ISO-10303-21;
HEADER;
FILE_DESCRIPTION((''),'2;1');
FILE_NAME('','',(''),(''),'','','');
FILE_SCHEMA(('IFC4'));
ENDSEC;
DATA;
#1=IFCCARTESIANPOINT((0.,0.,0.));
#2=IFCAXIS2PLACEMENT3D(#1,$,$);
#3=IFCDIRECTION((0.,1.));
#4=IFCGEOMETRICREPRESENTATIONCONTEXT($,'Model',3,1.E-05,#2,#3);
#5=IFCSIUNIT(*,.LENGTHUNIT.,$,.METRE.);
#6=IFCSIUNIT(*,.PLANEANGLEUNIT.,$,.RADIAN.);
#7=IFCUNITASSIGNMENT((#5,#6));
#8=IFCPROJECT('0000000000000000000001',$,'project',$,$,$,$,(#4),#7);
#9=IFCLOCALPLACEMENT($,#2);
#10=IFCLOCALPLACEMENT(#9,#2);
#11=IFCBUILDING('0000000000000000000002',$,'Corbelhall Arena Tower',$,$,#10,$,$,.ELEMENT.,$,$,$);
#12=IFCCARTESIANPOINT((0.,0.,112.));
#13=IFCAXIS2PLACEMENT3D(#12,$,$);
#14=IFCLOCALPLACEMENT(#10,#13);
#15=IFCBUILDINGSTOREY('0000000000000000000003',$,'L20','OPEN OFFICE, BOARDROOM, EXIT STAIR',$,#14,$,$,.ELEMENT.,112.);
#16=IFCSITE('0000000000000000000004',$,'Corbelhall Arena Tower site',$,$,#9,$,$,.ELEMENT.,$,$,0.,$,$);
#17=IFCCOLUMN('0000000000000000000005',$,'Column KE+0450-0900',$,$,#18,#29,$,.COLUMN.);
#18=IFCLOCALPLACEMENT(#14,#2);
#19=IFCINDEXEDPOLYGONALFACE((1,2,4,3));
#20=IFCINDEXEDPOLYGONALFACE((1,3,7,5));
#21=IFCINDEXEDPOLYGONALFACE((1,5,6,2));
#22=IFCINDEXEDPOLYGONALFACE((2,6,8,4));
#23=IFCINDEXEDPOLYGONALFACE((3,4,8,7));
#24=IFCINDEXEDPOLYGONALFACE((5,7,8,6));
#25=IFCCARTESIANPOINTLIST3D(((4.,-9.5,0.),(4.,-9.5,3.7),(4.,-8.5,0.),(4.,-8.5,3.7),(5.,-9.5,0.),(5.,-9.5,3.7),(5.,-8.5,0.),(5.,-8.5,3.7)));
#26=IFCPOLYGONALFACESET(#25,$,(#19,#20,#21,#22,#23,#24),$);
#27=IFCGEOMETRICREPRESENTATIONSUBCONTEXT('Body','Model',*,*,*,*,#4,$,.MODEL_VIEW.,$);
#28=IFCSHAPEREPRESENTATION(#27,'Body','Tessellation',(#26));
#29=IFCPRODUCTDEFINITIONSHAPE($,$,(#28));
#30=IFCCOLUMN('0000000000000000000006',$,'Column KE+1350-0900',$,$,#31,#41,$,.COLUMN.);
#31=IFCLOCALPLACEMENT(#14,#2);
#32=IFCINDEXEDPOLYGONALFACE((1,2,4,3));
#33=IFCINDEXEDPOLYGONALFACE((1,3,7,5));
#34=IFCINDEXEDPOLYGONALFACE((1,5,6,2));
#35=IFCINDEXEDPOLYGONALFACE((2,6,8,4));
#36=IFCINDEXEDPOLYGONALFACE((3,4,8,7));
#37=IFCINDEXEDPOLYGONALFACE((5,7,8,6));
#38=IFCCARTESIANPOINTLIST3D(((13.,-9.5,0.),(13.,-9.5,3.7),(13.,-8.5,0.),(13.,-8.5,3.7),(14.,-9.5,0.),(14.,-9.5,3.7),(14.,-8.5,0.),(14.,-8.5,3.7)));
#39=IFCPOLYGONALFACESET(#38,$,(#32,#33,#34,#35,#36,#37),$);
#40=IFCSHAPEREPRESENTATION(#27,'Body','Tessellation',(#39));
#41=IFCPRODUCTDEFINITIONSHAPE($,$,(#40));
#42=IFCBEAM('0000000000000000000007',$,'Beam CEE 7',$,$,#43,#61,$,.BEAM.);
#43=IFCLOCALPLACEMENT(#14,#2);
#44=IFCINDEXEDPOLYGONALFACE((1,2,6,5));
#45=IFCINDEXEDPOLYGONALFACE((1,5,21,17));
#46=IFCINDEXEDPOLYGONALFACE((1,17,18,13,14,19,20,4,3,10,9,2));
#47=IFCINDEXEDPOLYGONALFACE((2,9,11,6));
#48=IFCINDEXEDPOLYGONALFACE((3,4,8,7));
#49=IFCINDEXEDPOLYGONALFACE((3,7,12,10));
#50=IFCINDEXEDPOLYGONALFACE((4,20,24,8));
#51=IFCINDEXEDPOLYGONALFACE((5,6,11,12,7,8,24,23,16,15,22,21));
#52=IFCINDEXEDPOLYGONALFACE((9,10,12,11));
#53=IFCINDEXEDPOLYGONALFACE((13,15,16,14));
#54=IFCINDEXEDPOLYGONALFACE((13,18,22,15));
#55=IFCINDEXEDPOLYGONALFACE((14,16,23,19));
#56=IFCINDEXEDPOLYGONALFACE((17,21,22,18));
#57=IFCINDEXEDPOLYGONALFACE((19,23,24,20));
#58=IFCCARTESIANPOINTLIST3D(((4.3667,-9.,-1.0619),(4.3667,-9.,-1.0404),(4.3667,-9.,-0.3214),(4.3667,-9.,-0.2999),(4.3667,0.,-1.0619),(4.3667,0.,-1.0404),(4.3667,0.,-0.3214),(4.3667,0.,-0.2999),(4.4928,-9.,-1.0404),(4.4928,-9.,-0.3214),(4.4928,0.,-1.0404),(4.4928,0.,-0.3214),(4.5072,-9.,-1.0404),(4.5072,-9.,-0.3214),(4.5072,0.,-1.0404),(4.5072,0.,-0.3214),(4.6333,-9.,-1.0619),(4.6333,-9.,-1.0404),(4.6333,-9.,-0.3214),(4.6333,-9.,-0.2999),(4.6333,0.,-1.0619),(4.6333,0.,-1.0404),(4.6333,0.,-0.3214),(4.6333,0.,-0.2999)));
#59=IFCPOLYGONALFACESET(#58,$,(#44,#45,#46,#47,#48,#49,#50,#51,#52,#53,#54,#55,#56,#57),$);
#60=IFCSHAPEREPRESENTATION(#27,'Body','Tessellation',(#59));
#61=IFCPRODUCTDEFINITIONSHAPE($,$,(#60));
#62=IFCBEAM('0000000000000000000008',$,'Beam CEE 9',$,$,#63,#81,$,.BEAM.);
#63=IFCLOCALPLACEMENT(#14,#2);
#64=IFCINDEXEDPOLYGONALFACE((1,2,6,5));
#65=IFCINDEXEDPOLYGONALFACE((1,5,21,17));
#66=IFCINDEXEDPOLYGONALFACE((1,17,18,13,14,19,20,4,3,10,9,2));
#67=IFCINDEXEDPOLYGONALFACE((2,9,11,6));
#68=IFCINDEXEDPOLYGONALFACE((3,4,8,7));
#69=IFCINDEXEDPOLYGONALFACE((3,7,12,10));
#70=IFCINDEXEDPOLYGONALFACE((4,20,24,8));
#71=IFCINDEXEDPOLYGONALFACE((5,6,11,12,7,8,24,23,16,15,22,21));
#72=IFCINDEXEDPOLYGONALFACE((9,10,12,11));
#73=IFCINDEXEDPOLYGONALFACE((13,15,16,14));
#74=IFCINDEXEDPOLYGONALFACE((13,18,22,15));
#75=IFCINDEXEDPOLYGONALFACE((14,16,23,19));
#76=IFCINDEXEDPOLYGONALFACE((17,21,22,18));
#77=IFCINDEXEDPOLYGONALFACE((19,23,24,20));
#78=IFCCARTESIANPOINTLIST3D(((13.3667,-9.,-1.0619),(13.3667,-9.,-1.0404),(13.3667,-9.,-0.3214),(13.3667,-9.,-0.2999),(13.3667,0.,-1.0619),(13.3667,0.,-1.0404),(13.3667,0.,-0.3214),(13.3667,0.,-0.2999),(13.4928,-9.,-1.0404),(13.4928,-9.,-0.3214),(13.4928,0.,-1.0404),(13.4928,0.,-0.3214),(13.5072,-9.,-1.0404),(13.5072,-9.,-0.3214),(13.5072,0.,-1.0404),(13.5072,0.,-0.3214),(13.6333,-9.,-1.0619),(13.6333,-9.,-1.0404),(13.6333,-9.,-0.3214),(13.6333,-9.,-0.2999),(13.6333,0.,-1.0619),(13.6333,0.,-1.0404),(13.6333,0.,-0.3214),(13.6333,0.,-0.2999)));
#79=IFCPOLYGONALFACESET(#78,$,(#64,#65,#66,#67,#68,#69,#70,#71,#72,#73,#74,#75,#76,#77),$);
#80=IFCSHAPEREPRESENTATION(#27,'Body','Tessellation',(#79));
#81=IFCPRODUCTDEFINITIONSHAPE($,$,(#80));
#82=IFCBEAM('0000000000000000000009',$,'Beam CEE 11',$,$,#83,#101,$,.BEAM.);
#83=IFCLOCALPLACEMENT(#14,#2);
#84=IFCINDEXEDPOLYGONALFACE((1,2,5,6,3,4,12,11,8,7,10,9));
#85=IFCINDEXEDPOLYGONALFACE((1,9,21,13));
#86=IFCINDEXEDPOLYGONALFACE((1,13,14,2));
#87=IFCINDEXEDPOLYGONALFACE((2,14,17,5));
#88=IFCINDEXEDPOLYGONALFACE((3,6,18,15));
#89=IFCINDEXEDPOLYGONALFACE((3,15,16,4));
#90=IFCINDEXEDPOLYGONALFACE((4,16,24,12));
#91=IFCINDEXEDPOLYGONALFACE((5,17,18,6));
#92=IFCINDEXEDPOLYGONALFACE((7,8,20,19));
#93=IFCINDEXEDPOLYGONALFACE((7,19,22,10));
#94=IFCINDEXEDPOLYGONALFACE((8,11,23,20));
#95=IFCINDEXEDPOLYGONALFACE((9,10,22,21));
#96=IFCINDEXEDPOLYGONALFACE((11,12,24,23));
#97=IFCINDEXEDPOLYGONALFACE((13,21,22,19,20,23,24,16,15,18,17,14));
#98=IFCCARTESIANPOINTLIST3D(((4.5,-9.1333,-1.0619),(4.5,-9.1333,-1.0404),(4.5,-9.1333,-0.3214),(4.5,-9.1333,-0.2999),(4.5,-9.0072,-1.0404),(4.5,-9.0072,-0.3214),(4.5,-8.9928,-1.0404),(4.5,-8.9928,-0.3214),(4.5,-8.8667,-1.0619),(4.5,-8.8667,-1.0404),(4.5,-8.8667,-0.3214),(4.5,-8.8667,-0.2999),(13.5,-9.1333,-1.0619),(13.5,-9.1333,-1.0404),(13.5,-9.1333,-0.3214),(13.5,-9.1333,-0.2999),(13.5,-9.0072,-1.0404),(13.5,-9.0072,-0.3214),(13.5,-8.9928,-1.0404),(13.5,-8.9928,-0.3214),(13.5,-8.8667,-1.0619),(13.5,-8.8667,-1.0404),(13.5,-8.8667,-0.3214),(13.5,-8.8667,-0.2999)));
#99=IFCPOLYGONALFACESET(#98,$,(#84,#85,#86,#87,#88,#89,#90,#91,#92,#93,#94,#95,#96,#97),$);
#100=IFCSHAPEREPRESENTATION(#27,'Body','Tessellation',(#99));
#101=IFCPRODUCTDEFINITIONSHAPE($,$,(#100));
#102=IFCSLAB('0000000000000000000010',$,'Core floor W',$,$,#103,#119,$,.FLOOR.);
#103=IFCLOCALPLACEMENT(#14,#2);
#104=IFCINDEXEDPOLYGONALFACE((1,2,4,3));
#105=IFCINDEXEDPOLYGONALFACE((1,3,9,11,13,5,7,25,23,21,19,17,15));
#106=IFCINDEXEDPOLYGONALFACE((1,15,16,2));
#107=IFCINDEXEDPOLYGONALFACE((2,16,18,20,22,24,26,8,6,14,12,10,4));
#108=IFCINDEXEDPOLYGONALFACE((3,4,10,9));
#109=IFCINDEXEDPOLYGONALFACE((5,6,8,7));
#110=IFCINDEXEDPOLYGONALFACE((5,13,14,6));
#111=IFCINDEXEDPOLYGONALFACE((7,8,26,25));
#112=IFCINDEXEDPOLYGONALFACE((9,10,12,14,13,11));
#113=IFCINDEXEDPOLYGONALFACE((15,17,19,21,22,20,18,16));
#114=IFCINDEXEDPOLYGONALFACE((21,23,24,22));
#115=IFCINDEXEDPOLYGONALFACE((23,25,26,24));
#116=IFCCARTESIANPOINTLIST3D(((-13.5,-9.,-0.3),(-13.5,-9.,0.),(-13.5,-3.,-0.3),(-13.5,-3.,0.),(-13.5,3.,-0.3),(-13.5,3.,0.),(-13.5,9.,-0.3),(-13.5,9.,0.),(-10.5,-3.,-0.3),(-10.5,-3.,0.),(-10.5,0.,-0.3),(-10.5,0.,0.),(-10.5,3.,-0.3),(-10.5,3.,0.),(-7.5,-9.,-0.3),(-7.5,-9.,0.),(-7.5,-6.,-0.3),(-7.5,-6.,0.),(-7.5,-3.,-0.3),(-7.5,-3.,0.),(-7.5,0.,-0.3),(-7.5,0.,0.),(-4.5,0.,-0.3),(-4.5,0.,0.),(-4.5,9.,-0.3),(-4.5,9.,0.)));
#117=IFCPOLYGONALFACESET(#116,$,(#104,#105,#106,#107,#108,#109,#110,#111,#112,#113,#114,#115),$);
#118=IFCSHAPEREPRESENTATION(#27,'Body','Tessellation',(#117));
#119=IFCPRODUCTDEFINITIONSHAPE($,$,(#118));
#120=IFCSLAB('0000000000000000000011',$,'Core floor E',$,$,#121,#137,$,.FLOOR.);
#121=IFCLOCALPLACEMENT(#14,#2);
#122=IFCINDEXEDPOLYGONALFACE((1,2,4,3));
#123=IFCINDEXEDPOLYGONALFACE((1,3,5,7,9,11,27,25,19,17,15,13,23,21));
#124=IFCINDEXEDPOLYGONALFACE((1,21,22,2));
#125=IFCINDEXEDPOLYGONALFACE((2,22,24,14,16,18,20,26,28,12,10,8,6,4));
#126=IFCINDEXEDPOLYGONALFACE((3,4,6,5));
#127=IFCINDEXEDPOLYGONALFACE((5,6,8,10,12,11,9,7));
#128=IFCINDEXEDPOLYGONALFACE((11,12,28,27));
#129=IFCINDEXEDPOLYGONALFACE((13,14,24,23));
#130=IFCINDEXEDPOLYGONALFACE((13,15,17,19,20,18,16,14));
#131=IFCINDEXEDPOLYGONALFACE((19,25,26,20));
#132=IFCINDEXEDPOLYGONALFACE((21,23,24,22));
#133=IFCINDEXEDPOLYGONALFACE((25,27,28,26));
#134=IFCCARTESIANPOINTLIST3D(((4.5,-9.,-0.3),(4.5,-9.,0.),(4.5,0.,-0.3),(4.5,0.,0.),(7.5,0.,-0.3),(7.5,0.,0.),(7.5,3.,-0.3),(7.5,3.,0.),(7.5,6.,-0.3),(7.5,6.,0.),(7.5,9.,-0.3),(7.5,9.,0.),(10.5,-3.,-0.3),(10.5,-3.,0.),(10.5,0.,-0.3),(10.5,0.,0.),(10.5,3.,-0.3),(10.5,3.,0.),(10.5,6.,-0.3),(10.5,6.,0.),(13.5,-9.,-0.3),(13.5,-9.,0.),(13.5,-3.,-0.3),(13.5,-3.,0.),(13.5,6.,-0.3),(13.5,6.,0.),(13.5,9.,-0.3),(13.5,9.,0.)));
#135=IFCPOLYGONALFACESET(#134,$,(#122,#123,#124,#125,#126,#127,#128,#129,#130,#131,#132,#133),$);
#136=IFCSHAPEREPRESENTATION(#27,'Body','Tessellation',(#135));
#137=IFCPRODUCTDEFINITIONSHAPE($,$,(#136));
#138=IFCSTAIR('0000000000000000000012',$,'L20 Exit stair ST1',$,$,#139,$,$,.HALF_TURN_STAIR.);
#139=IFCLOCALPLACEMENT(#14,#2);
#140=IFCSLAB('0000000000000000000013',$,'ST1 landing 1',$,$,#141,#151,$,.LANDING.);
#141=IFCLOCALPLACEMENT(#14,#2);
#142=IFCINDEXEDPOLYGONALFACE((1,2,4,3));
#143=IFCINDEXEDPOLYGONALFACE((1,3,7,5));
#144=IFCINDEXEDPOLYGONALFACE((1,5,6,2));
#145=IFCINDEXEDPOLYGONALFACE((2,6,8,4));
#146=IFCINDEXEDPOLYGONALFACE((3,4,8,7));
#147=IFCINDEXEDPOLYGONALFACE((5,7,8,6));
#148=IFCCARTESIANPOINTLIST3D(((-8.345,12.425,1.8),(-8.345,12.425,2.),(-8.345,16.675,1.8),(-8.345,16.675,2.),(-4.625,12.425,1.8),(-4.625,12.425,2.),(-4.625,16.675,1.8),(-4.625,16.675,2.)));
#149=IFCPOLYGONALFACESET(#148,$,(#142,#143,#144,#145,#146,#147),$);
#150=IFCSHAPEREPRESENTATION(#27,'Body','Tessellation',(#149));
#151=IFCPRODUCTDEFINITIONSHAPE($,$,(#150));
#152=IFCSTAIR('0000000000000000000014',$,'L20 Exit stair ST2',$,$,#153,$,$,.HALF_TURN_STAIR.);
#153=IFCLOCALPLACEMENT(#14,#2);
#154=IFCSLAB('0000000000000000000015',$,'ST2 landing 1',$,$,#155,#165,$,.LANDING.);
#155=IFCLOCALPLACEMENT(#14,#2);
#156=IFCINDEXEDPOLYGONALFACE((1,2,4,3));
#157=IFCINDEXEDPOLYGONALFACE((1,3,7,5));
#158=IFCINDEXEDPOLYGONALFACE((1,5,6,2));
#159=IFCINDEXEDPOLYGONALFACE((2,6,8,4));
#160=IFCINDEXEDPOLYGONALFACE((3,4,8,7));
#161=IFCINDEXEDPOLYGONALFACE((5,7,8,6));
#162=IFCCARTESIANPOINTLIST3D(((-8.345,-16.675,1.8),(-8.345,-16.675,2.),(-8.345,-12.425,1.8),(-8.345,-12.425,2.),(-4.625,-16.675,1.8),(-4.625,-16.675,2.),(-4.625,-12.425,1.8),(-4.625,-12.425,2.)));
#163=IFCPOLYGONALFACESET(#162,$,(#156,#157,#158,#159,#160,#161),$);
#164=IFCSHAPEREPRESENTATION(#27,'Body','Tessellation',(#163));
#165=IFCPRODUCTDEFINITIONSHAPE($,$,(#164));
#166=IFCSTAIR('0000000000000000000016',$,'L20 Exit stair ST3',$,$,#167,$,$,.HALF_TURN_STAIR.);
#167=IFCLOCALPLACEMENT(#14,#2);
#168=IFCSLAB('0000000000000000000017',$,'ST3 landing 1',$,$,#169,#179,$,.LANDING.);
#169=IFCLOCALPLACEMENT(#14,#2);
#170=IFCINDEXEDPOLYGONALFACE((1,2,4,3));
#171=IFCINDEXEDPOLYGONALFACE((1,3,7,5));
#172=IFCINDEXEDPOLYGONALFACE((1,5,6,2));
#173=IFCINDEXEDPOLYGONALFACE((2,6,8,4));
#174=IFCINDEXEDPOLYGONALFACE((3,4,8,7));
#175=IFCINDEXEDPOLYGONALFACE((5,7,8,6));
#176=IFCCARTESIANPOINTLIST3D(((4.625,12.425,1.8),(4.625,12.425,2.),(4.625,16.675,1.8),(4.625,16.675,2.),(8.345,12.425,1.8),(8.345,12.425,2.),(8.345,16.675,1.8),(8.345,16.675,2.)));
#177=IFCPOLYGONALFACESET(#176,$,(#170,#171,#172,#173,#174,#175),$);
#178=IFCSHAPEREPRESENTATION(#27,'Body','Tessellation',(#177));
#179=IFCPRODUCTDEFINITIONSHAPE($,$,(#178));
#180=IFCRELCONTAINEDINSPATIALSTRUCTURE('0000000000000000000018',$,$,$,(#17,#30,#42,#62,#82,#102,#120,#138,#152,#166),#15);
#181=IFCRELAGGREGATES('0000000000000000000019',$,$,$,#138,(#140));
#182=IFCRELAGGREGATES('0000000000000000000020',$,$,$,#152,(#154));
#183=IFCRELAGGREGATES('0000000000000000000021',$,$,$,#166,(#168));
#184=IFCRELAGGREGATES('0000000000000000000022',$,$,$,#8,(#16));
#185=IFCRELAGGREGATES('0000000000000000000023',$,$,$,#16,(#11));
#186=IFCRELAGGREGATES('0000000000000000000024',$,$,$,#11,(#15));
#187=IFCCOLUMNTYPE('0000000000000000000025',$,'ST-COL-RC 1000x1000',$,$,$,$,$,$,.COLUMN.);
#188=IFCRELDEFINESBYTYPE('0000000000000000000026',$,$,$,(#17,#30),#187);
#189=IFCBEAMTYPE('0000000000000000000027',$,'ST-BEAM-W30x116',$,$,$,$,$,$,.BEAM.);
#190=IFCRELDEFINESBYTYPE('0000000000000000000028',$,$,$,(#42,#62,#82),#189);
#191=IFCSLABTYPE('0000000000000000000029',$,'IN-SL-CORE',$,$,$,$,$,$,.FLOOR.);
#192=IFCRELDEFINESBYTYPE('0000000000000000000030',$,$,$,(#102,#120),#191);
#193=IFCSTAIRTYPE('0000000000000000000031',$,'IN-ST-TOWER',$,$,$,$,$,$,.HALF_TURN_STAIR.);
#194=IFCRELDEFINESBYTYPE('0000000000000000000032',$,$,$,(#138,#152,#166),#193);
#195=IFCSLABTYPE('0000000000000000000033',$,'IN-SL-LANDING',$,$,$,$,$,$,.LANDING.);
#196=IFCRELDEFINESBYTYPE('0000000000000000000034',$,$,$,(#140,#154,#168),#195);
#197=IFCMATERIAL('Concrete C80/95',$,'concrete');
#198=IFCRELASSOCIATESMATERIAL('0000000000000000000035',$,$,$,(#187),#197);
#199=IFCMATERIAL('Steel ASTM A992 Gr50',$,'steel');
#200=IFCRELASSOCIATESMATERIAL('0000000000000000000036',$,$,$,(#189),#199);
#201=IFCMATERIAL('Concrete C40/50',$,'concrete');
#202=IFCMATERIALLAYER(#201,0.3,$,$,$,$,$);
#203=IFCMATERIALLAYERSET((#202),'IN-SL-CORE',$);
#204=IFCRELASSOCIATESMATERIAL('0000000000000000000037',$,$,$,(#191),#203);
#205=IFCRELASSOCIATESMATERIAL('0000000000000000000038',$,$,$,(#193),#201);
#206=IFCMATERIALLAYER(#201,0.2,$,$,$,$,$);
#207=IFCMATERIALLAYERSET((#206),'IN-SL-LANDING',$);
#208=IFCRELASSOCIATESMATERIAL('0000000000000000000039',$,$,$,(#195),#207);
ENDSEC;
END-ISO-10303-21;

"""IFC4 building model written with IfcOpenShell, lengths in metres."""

from ifc_helpers import new_model, si_unit, direction, frame, origin, origin_2d, place, context, subcontext, project, spatial, polyline, rectangle, i_section, outline, extrude, material, layer, layer_set, material_profile, profile_set, type_object, element, aggregate, save


model = new_model("IFC4")

# Units and contexts
model_context = context("Model", 3, precision=1e-05, world=origin(), true_north=direction((0.0, 1.0)))
body_context = subcontext(model_context, "Body", "Model", "MODEL_VIEW")
ifc_project = project(units=[si_unit("LENGTHUNIT", "METRE"), si_unit("PLANEANGLEUNIT", "RADIAN")], contexts=[model_context])

# Site, building, storey
site_placement = place(None, origin())
site = spatial("IfcSite", under=ifc_project, at=site_placement, Name="Corbelhall Arena Tower site", CompositionType="ELEMENT", RefElevation=0.0)
building_placement = place(site_placement, origin())
building = spatial("IfcBuilding", under=site, at=building_placement, Name="Corbelhall Arena Tower", CompositionType="ELEMENT")
storey_placement = place(building_placement, frame((0.0, 0.0, 112.0)))
storey = spatial("IfcBuildingStorey", under=building, at=storey_placement, Name="L20", Description="OPEN OFFICE, BOARDROOM, EXIT STAIR", CompositionType="ELEMENT", Elevation=112.0)

# Columns
ifc_material_1 = material(Name="Concrete C80/95", Category="concrete")
ifc_material_profile_1 = material_profile(ifc_material_1, rectangle(XDim=1.0, YDim=1.0, at=origin_2d()))
ifc_profile_set_1 = profile_set([ifc_material_profile_1], Name="Concrete C80/95")
column_type = type_object("IfcColumnType", Name="ST-COL-RC 1000x1000", PredefinedType="COLUMN", material=ifc_profile_set_1)
for number, where, z_axis, x_axis, name in (
    (1, (4.5, -9.0, 0.0), (0.0, 0.0, 1.0), (1.0, 0.0, 0.0), "Column KE+0450-0900"),
    (2, (13.5, -9.0, 0.0), (0.0, 0.0, 1.0), (1.0, 0.0, 0.0), "Column KE+1350-0900"),
):
    element("IfcColumn", number, at=place(storey_placement, frame(where, z_axis=z_axis, x_axis=x_axis)), inside=storey, type_object=column_type, Name=name, PredefinedType="COLUMN", context=body_context, shape_type="SweptSolid", body=[
        extrude(rectangle(XDim=1.0, YDim=1.0, at=origin_2d()), origin(), (0.0, 0.0, 1.0), 3.7),
    ])

# Beams
ifc_material_2 = material(Name="Steel ASTM A992 Gr50", Category="steel")
ifc_material_profile_2 = material_profile(ifc_material_2, i_section(OverallWidth=0.2666, OverallDepth=0.762, WebThickness=0.0144, FlangeThickness=0.0215, at=origin_2d()))
ifc_profile_set_2 = profile_set([ifc_material_profile_2], Name="Steel ASTM A992 Gr50")
beam_type = type_object("IfcBeamType", Name="ST-BEAM-W30x116", PredefinedType="BEAM", material=ifc_profile_set_2)
for number, where, z_axis, x_axis, name in (
    (3, (4.5, -9.0, -0.6809), (0.0, 1.0, 0.0), (-1.0, 0.0, 0.0), "Beam CEE 7"),
    (4, (13.5, -9.0, -0.6809), (0.0, 1.0, 0.0), (-1.0, 0.0, 0.0), "Beam CEE 9"),
    (5, (4.5, -9.0, -0.6809), (1.0, 0.0, 0.0), (0.0, 1.0, 0.0), "Beam CEE 11"),
):
    element("IfcBeam", number, at=place(storey_placement, frame(where, z_axis=z_axis, x_axis=x_axis)), inside=storey, type_object=beam_type, Name=name, PredefinedType="BEAM", context=body_context, shape_type="SweptSolid", body=[
        extrude(i_section(OverallWidth=0.2666, OverallDepth=0.762, WebThickness=0.0144, FlangeThickness=0.0215, at=origin_2d()), origin(), (0.0, 0.0, 1.0), 9.0),
    ])

# Slabs
ifc_material_3 = material(Name="Concrete C40/50", Category="concrete")
ifc_layer_1 = layer(ifc_material_3, 0.3)
ifc_layer_set_1 = layer_set([ifc_layer_1], Name="IN-SL-CORE")
slab_type_1 = type_object("IfcSlabType", Name="IN-SL-CORE", PredefinedType="FLOOR", material=ifc_layer_set_1)
slab_1_placement = place(storey_placement, frame((0.0, 0.0, -0.3)))
element("IfcSlab", 6, at=slab_1_placement, inside=storey, type_object=slab_type_1, Name="Core floor W", PredefinedType="FLOOR", context=body_context, shape_type="SweptSolid", body=[
    extrude(outline(polyline([(-7.5, 0.0), (-4.5, 0.0), (-4.5, 9.0), (-13.5, 9.0), (-13.5, 3.0), (-10.5, 3.0), (-10.5, 0.0), (-10.5, -3.0), (-13.5, -3.0), (-13.5, -9.0), (-7.5, -9.0), (-7.5, -6.0), (-7.5, -3.0), (-7.5, 0.0)])), origin(), (0.0, 0.0, 1.0), 0.3),
])
slab_2_placement = place(storey_placement, frame((0.0, 0.0, -0.3)))
element("IfcSlab", 7, at=slab_2_placement, inside=storey, type_object=slab_type_1, Name="Core floor E", PredefinedType="FLOOR", context=body_context, shape_type="SweptSolid", body=[
    extrude(outline(polyline([(7.5, 0.0), (4.5, 0.0), (4.5, -9.0), (13.5, -9.0), (13.5, -3.0), (10.5, -3.0), (10.5, 0.0), (10.5, 3.0), (10.5, 6.0), (13.5, 6.0), (13.5, 9.0), (7.5, 9.0), (7.5, 6.0), (7.5, 3.0), (7.5, 0.0)])), origin(), (0.0, 0.0, 1.0), 0.3),
])

# Stairs, slabs
stair_type = type_object("IfcStairType", Name="IN-ST-TOWER", PredefinedType="HALF_TURN_STAIR", material=ifc_material_3)
stair_1_placement = place(storey_placement, origin())
stair_1 = element("IfcStair", 8, at=stair_1_placement, inside=storey, type_object=stair_type, Name="L20 Exit stair ST1", PredefinedType="HALF_TURN_STAIR")
ifc_layer_2 = layer(ifc_material_3, 0.2)
ifc_layer_set_2 = layer_set([ifc_layer_2], Name="IN-SL-LANDING")
slab_type_2 = type_object("IfcSlabType", Name="IN-SL-LANDING", PredefinedType="LANDING", material=ifc_layer_set_2)
slab_3_placement = place(storey_placement, frame((0.0, 0.0, 1.8)))
slab_3 = element("IfcSlab", 9, at=slab_3_placement, type_object=slab_type_2, Name="ST1 landing 1", PredefinedType="LANDING", context=body_context, shape_type="SweptSolid", body=[
    extrude(outline(polyline([(-8.345, 12.425), (-4.625, 12.425), (-4.625, 16.675), (-8.345, 16.675), (-8.345, 12.425)])), origin(), (0.0, 0.0, 1.0), 0.2),
])
aggregate(stair_1, [slab_3])
stair_2_placement = place(storey_placement, origin())
stair_2 = element("IfcStair", 10, at=stair_2_placement, inside=storey, type_object=stair_type, Name="L20 Exit stair ST2", PredefinedType="HALF_TURN_STAIR")
slab_4_placement = place(storey_placement, frame((0.0, 0.0, 1.8)))
slab_4 = element("IfcSlab", 11, at=slab_4_placement, type_object=slab_type_2, Name="ST2 landing 1", PredefinedType="LANDING", context=body_context, shape_type="SweptSolid", body=[
    extrude(outline(polyline([(-8.345, -16.675), (-4.625, -16.675), (-4.625, -12.425), (-8.345, -12.425), (-8.345, -16.675)])), origin(), (0.0, 0.0, 1.0), 0.2),
])
aggregate(stair_2, [slab_4])
stair_3_placement = place(storey_placement, origin())
stair_3 = element("IfcStair", 12, at=stair_3_placement, inside=storey, type_object=stair_type, Name="L20 Exit stair ST3", PredefinedType="HALF_TURN_STAIR")
slab_5_placement = place(storey_placement, frame((0.0, 0.0, 1.8)))
slab_5 = element("IfcSlab", 13, at=slab_5_placement, type_object=slab_type_2, Name="ST3 landing 1", PredefinedType="LANDING", context=body_context, shape_type="SweptSolid", body=[
    extrude(outline(polyline([(8.345, 16.675), (4.625, 16.675), (4.625, 12.425), (8.345, 12.425), (8.345, 16.675)])), origin(), (0.0, 0.0, 1.0), 0.2),
])
aggregate(stair_3, [slab_5])

save(model, "model.ifc")
